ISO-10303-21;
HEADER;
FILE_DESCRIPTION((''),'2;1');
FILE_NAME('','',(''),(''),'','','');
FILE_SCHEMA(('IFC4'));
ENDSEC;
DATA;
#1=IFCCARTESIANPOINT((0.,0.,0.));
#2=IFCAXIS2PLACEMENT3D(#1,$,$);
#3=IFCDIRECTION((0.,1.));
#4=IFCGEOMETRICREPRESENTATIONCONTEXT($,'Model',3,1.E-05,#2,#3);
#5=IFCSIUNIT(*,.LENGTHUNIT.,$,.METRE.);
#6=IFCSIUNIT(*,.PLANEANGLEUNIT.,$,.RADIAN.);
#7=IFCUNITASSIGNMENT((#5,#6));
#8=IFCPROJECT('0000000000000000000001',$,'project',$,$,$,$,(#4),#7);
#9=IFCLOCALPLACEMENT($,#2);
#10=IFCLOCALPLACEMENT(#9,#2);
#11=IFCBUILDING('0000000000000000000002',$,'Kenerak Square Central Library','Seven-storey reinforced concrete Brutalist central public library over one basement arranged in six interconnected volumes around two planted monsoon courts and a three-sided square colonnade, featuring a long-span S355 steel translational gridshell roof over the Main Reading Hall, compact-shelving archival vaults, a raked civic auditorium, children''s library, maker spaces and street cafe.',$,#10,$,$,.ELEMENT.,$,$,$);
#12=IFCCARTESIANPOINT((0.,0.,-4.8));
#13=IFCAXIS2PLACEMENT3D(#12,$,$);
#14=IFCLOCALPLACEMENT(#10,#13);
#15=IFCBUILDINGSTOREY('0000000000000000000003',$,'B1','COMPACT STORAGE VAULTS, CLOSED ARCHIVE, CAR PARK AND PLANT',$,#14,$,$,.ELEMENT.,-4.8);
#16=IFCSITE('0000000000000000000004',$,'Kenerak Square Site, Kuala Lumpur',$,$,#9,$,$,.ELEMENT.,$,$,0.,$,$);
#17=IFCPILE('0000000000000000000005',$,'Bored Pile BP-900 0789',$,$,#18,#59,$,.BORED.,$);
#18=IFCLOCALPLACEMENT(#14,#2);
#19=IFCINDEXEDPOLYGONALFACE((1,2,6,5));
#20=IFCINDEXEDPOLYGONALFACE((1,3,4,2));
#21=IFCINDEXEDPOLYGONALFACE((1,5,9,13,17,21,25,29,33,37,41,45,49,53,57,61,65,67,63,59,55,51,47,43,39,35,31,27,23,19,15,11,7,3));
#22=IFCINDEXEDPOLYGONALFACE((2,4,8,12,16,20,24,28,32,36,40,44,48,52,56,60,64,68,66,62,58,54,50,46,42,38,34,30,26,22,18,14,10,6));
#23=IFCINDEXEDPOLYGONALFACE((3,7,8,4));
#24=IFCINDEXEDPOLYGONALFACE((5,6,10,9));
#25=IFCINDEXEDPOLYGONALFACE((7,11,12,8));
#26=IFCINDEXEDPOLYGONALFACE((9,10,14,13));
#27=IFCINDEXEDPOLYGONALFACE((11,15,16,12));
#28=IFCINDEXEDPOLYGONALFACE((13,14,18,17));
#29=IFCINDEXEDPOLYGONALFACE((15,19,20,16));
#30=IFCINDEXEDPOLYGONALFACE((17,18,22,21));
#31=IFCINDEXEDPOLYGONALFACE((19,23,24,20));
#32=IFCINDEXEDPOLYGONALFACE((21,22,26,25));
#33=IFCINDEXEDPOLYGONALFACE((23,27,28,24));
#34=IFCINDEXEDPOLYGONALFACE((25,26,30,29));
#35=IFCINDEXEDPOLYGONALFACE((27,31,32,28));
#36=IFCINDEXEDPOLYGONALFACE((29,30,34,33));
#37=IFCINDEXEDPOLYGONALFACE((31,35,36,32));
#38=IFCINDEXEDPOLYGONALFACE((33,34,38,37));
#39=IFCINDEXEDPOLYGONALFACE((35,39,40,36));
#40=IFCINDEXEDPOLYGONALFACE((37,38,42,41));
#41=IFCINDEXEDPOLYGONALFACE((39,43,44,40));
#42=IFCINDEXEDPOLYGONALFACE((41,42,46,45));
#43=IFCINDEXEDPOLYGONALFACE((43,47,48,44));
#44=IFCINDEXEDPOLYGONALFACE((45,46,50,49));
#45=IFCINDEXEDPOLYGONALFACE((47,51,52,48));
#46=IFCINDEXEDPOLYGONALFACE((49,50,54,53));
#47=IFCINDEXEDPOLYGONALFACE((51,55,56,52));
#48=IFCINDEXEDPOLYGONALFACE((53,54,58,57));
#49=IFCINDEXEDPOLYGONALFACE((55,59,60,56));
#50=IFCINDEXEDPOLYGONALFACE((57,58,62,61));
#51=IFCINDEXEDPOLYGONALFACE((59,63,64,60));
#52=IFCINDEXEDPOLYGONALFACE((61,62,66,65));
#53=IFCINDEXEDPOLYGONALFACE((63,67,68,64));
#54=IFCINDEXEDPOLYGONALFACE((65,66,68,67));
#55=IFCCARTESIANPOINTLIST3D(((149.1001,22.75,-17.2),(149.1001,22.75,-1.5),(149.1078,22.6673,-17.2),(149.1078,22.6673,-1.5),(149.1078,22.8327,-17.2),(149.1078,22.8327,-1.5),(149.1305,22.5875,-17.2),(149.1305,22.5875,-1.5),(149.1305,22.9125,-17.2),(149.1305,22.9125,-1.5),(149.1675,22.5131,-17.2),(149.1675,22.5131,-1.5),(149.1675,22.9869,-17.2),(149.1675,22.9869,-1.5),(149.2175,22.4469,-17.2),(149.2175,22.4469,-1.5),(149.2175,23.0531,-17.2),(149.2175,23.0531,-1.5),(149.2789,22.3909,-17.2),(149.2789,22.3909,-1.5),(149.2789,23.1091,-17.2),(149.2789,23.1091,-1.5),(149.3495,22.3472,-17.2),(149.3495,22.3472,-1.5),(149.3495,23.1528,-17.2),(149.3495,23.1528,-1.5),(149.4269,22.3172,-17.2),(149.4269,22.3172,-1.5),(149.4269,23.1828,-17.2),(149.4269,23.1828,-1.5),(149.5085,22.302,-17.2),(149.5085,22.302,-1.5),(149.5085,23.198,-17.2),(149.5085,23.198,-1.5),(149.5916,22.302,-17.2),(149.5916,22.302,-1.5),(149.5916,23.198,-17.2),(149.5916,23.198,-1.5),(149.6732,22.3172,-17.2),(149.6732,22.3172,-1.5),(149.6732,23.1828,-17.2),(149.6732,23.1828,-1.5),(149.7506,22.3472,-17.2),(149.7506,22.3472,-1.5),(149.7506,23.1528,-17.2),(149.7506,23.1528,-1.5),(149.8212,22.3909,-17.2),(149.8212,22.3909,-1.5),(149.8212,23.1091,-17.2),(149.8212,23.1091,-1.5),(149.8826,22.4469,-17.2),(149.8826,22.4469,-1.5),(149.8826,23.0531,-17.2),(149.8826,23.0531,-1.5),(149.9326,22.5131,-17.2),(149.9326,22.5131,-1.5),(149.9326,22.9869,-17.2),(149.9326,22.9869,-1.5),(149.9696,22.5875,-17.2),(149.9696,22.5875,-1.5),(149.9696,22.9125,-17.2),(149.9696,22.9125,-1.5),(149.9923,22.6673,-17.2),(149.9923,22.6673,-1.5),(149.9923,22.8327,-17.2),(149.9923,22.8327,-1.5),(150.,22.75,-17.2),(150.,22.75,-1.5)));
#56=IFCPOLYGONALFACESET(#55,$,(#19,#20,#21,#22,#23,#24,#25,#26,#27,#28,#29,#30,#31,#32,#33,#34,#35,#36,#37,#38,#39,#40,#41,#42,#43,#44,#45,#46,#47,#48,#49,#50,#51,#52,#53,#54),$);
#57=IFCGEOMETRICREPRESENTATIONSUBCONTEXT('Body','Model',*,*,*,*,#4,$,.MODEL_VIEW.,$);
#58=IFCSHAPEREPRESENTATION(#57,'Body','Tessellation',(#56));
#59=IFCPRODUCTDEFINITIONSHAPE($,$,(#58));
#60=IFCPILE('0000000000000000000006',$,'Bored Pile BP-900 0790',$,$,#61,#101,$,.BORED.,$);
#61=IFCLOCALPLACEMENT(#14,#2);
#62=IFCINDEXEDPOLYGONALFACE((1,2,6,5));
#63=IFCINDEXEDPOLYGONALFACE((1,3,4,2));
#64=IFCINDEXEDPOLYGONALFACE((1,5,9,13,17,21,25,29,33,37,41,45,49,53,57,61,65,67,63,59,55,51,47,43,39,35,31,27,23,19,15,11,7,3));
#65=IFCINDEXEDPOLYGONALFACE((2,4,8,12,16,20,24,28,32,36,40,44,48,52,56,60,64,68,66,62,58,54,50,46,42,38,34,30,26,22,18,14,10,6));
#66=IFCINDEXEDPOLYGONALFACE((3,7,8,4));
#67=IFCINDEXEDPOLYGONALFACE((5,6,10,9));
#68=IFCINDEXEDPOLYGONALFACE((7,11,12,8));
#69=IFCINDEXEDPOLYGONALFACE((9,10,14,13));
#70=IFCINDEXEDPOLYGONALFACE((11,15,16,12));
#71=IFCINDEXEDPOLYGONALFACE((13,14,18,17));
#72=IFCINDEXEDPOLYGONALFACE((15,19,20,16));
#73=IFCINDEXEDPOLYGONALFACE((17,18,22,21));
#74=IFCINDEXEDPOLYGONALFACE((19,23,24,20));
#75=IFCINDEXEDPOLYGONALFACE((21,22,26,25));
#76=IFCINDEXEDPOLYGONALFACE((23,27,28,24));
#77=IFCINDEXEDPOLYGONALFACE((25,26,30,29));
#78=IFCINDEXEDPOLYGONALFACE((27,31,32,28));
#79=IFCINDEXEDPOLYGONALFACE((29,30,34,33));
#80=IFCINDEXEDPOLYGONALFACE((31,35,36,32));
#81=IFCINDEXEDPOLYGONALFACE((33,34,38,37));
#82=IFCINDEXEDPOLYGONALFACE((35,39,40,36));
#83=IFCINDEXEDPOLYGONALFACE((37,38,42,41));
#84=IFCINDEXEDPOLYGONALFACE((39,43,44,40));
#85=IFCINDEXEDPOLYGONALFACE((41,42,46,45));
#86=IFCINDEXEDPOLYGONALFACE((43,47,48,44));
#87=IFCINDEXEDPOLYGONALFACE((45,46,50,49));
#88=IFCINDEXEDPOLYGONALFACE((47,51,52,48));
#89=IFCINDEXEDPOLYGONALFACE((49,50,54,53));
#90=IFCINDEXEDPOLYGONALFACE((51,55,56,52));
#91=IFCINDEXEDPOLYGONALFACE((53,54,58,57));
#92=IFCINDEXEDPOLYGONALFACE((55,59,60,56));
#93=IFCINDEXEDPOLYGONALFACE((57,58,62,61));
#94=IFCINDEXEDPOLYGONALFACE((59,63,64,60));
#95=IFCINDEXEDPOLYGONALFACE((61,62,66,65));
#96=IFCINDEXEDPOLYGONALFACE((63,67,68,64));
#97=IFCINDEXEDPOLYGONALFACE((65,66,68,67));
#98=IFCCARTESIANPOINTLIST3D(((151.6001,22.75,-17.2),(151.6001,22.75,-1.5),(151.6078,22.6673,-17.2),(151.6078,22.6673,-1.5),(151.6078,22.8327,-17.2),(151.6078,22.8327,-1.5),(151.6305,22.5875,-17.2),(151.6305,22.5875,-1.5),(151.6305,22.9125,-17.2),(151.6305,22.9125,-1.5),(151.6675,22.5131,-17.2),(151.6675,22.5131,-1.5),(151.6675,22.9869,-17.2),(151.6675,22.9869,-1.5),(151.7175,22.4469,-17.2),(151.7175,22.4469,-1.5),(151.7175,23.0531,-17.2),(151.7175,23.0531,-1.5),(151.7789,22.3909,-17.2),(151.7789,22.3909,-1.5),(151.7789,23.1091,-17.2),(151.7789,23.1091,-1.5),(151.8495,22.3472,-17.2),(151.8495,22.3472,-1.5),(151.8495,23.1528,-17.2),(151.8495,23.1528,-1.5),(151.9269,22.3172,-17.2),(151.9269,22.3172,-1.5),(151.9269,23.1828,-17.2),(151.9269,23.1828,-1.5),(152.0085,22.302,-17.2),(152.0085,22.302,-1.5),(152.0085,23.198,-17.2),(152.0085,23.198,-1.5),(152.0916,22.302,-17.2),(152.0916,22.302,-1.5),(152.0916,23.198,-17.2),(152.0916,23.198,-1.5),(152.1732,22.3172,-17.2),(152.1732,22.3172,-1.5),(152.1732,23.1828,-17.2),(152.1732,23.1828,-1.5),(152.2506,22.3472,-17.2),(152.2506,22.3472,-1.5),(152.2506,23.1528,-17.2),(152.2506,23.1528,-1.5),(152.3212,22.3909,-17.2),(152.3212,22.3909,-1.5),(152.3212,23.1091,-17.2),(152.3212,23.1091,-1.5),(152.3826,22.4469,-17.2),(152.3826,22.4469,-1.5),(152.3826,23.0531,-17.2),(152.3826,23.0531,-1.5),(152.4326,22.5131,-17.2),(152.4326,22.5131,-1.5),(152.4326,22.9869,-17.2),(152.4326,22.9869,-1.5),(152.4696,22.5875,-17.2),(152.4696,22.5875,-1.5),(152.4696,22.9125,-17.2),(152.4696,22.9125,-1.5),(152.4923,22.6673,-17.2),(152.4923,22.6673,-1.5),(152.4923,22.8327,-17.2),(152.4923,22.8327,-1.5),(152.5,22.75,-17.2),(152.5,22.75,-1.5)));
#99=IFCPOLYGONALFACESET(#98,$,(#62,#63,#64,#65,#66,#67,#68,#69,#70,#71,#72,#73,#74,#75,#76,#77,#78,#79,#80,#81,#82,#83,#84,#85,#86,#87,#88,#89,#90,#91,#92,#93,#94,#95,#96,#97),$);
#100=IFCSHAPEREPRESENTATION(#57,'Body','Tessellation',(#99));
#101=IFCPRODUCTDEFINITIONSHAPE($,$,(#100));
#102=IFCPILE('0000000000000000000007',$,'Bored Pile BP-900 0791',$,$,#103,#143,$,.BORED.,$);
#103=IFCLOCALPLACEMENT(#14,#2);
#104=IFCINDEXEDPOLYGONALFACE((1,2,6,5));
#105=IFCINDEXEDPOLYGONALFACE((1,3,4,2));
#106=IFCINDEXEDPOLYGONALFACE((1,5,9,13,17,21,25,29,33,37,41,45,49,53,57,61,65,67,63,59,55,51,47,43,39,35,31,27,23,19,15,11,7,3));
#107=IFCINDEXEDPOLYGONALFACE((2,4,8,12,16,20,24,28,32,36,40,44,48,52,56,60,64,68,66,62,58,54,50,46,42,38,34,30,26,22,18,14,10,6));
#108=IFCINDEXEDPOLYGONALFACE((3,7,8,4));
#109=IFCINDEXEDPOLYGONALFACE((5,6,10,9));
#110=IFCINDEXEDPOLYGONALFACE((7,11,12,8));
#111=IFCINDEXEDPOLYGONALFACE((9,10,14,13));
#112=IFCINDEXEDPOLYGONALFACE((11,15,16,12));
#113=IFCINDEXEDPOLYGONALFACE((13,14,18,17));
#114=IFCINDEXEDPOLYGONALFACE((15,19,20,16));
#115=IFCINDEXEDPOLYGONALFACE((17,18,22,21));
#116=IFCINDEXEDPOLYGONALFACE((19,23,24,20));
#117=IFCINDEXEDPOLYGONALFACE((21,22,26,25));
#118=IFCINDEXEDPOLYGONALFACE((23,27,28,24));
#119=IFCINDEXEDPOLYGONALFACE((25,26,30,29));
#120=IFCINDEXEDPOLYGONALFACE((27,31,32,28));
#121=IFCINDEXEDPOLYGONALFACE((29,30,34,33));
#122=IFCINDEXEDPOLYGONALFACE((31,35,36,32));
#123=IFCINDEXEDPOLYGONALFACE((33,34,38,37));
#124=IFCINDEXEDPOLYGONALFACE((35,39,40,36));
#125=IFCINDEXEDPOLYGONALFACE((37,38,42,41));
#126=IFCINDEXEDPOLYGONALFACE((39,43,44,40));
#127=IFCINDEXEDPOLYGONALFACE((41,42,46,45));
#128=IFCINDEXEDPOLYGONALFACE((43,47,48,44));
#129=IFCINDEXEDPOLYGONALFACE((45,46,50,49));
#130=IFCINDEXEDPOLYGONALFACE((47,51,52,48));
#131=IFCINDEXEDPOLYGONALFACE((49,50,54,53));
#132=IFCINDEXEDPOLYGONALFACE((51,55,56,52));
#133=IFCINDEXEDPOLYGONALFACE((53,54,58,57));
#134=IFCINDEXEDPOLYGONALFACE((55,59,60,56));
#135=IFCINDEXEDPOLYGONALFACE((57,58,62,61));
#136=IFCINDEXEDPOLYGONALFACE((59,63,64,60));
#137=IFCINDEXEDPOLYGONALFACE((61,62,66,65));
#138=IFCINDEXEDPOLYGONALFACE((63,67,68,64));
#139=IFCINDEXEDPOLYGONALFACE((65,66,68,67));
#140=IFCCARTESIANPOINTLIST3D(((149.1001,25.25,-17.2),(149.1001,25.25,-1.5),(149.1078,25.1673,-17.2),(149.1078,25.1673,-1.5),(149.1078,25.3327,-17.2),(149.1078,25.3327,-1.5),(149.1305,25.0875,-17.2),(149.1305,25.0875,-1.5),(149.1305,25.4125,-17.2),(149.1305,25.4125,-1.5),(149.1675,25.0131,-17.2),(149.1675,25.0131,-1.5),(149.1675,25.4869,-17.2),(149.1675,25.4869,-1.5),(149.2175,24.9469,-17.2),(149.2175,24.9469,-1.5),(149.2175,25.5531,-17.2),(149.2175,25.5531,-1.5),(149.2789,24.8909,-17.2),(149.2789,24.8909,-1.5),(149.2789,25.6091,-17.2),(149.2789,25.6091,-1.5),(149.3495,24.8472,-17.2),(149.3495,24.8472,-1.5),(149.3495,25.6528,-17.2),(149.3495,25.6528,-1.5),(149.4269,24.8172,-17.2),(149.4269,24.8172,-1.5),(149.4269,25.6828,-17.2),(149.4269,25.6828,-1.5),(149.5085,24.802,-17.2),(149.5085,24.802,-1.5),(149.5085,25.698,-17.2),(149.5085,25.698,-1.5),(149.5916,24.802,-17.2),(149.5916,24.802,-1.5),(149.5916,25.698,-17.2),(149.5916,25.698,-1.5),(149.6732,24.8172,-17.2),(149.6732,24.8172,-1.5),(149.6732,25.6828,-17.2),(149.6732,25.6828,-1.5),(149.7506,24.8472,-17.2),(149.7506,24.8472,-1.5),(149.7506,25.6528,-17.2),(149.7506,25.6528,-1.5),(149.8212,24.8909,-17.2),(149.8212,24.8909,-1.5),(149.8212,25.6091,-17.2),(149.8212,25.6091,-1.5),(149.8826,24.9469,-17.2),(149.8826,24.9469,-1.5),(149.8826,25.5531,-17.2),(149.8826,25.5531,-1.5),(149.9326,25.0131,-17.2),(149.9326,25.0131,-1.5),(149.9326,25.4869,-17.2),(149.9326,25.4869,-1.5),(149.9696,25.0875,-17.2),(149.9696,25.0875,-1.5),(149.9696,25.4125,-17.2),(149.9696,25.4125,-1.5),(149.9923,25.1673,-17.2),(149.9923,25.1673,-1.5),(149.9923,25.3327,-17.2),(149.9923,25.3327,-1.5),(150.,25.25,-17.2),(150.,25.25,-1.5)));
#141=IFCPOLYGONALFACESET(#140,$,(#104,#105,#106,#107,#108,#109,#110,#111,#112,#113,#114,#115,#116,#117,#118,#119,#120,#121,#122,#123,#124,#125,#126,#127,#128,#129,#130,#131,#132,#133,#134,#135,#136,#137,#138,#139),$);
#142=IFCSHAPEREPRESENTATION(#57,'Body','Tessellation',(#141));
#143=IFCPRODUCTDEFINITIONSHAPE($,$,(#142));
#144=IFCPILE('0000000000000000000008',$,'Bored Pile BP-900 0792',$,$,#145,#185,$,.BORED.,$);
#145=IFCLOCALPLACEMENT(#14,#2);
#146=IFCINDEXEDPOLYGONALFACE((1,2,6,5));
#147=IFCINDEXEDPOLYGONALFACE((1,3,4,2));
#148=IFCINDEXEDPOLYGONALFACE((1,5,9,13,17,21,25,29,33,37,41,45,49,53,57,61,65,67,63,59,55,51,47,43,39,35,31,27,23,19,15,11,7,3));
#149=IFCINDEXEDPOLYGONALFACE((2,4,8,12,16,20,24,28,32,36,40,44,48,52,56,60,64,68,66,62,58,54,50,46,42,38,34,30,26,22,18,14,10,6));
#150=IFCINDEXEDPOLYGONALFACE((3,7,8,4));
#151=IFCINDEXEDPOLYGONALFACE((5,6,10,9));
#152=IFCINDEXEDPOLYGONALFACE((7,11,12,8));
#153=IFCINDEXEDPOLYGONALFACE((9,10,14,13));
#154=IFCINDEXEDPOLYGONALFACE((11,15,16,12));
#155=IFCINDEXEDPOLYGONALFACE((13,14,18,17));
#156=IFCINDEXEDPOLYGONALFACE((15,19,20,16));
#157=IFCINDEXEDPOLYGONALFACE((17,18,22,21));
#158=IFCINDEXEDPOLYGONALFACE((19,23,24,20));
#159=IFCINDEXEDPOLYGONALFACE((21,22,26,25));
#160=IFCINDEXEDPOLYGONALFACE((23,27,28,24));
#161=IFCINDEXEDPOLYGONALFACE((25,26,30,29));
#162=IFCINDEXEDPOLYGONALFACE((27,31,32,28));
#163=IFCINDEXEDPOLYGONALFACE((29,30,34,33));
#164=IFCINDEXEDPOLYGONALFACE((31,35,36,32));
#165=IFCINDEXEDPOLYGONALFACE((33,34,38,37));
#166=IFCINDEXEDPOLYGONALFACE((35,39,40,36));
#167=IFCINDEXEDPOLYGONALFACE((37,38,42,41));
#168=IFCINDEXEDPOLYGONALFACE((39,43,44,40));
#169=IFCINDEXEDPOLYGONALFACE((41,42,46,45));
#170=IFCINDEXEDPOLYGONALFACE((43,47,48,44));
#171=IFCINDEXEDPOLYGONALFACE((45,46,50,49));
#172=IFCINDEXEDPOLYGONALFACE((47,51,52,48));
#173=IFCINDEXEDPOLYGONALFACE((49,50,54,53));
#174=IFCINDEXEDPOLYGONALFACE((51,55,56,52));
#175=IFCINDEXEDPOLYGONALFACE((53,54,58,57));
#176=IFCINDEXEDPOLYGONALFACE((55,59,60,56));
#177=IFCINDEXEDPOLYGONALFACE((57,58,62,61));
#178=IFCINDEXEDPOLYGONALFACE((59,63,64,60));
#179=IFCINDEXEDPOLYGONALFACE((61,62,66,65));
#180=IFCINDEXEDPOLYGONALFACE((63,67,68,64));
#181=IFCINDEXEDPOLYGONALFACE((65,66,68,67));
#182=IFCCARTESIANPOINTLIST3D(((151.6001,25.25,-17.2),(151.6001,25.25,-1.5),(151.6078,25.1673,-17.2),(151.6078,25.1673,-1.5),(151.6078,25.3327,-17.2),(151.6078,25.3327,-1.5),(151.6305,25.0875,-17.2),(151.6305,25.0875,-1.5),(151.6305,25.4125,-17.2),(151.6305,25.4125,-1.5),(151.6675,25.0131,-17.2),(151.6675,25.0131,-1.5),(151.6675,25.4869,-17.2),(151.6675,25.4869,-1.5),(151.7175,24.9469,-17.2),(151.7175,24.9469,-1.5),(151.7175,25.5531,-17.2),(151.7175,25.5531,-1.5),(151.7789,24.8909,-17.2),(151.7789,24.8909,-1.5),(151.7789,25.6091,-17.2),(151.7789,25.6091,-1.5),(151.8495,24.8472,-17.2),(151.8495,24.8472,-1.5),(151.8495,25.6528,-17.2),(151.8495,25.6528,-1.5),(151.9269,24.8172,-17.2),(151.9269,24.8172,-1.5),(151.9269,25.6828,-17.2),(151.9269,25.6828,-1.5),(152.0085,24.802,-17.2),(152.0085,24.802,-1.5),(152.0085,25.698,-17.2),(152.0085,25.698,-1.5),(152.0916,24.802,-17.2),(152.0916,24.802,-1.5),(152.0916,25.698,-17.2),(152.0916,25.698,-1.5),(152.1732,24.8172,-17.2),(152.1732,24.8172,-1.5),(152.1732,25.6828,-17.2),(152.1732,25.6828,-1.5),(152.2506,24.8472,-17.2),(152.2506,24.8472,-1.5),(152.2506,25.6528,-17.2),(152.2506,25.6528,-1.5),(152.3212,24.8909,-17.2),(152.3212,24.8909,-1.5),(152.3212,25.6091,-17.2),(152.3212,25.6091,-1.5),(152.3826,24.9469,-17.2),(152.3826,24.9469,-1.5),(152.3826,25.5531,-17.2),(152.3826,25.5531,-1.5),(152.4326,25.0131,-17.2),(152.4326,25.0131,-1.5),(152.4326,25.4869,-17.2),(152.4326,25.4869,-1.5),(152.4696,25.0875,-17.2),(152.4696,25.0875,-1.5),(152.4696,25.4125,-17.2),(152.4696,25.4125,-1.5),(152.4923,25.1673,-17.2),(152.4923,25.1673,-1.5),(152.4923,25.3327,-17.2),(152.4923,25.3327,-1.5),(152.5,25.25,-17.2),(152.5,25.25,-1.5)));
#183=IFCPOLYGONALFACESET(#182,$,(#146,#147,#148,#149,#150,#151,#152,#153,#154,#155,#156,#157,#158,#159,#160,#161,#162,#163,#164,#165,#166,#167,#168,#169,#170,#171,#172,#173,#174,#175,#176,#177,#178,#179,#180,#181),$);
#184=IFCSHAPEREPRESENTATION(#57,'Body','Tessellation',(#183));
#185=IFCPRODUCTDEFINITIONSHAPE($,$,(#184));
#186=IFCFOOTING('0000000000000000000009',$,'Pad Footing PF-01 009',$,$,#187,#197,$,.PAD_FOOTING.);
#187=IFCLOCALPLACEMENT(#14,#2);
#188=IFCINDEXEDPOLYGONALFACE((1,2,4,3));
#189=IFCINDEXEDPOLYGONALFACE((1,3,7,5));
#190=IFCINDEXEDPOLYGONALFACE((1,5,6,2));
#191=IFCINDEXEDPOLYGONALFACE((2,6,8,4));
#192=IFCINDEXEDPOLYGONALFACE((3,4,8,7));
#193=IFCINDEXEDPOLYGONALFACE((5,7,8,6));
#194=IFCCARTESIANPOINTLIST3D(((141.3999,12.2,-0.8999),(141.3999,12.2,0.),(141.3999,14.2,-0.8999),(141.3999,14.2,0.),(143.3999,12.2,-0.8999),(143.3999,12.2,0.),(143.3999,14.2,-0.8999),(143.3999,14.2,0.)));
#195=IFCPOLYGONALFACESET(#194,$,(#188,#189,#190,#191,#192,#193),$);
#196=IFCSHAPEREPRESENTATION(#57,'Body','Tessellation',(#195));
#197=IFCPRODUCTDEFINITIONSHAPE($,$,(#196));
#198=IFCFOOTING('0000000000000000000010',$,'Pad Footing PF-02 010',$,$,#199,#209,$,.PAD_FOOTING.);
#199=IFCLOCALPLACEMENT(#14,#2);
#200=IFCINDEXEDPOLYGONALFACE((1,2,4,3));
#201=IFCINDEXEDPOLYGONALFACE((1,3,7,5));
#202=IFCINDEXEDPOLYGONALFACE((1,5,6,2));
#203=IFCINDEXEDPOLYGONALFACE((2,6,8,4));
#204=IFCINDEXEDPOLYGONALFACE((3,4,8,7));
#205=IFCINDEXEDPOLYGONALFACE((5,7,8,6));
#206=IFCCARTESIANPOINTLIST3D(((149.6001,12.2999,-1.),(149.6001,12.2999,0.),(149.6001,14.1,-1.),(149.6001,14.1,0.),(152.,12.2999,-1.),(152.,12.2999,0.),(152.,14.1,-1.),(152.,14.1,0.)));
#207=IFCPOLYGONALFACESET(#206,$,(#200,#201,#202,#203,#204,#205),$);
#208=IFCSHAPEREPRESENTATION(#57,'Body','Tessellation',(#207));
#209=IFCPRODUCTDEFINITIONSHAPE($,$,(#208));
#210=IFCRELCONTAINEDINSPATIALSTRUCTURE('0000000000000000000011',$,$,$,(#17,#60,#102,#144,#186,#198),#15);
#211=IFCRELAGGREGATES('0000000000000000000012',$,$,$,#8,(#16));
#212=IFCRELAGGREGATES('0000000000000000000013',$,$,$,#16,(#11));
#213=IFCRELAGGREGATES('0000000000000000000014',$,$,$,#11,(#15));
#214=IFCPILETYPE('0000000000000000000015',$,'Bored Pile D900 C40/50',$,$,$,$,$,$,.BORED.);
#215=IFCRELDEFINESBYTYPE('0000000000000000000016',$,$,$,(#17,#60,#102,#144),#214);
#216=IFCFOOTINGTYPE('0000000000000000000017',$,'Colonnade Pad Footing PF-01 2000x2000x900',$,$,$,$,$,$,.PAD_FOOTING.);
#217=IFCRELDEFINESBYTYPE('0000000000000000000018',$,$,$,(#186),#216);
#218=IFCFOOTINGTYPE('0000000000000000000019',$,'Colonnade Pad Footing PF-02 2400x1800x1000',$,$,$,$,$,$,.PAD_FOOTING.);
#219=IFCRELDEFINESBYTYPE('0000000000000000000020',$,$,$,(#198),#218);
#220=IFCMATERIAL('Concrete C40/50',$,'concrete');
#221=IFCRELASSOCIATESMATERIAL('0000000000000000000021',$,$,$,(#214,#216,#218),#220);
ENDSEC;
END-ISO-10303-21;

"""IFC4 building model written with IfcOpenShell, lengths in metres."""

from ifc_helpers import new_model, si_unit, direction, frame, origin, origin_2d, place, context, subcontext, project, spatial, rectangle, circle, extrude, material, material_profile, profile_set, type_object, element, save


model = new_model("IFC4")

# Units and contexts
model_context = context("Model", 3, precision=1e-05, world=origin(), true_north=direction((0.0, 1.0)))
body_context = subcontext(model_context, "Body", "Model", "MODEL_VIEW")
ifc_project = project(units=[si_unit("LENGTHUNIT", "METRE"), si_unit("PLANEANGLEUNIT", "RADIAN")], contexts=[model_context])

# Site, building, storey
site_placement = place(None, origin())
site = spatial("IfcSite", under=ifc_project, at=site_placement, Name="Kenerak Square Site, Kuala Lumpur", CompositionType="ELEMENT", RefElevation=0.0)
building_placement = place(site_placement, origin())
building = spatial("IfcBuilding", under=site, at=building_placement, Name="Kenerak Square Central Library", Description="Seven-storey reinforced concrete Brutalist central public library over one basement arranged in six interconnected volumes around two planted monsoon courts and a three-sided square colonnade, featuring a long-span S355 steel translational gridshell roof over the Main Reading Hall, compact-shelving archival vaults, a raked civic auditorium, children's library, maker spaces and street cafe.", CompositionType="ELEMENT")
storey_placement = place(building_placement, frame((0.0, 0.0, -4.8)))
storey = spatial("IfcBuildingStorey", under=building, at=storey_placement, Name="B1", Description="COMPACT STORAGE VAULTS, CLOSED ARCHIVE, CAR PARK AND PLANT", CompositionType="ELEMENT", Elevation=-4.8)

# Piles
ifc_material_1 = material(Name="Concrete C40/50", Category="concrete")
ifc_material_profile_1 = material_profile(ifc_material_1, circle(Radius=0.45, at=origin_2d()), Name="BP D900")
ifc_profile_set_1 = profile_set([ifc_material_profile_1], Name="Concrete C40/50")
pile_type = type_object("IfcPileType", Name="Bored Pile D900 C40/50", PredefinedType="BORED", material=ifc_profile_set_1)
for number, where, z_axis, x_axis, name in (
    (1, (149.55, 22.75, -1.5), (0.0, 0.0, -1.0), (1.0, 0.0, 0.0), "Bored Pile BP-900 0789"),
    (2, (152.05, 22.75, -1.5), (0.0, 0.0, -1.0), (1.0, 0.0, 0.0), "Bored Pile BP-900 0790"),
    (3, (149.55, 25.25, -1.5), (0.0, 0.0, -1.0), (1.0, 0.0, 0.0), "Bored Pile BP-900 0791"),
    (4, (152.05, 25.25, -1.5), (0.0, 0.0, -1.0), (1.0, 0.0, 0.0), "Bored Pile BP-900 0792"),
):
    element("IfcPile", number, at=place(storey_placement, frame(where, z_axis=z_axis, x_axis=x_axis)), inside=storey, type_object=pile_type, Name=name, PredefinedType="BORED", context=body_context, shape_type="SweptSolid", body=[
        extrude(circle(Radius=0.45, at=origin_2d()), origin(), (0.0, 0.0, 1.0), 15.7),
    ])

# Footings
footing_type_1 = type_object("IfcFootingType", Name="Colonnade Pad Footing PF-01 2000x2000x900", PredefinedType="PAD_FOOTING", material=ifc_material_1)
footing_1_placement = place(storey_placement, frame((142.3999, 13.2, -0.8999), z_axis=(0.0, 0.0, 1.0), x_axis=(1.0, 0.0, 0.0)))
element("IfcFooting", 5, at=footing_1_placement, inside=storey, type_object=footing_type_1, Name="Pad Footing PF-01 009", PredefinedType="PAD_FOOTING", context=body_context, shape_type="SweptSolid", body=[
    extrude(rectangle(XDim=2.0, YDim=2.0, at=origin_2d()), origin(), (0.0, 0.0, 1.0), 0.8999),
])
footing_type_2 = type_object("IfcFootingType", Name="Colonnade Pad Footing PF-02 2400x1800x1000", PredefinedType="PAD_FOOTING", material=ifc_material_1)
footing_2_placement = place(storey_placement, frame((150.8, 13.2, -1.0), z_axis=(0.0, 0.0, 1.0), x_axis=(1.0, 0.0, 0.0)))
element("IfcFooting", 6, at=footing_2_placement, inside=storey, type_object=footing_type_2, Name="Pad Footing PF-02 010", PredefinedType="PAD_FOOTING", context=body_context, shape_type="SweptSolid", body=[
    extrude(rectangle(XDim=2.3999, YDim=1.8, at=origin_2d()), origin(), (0.0, 0.0, 1.0), 1.0),
])

save(model, "model.ifc")
